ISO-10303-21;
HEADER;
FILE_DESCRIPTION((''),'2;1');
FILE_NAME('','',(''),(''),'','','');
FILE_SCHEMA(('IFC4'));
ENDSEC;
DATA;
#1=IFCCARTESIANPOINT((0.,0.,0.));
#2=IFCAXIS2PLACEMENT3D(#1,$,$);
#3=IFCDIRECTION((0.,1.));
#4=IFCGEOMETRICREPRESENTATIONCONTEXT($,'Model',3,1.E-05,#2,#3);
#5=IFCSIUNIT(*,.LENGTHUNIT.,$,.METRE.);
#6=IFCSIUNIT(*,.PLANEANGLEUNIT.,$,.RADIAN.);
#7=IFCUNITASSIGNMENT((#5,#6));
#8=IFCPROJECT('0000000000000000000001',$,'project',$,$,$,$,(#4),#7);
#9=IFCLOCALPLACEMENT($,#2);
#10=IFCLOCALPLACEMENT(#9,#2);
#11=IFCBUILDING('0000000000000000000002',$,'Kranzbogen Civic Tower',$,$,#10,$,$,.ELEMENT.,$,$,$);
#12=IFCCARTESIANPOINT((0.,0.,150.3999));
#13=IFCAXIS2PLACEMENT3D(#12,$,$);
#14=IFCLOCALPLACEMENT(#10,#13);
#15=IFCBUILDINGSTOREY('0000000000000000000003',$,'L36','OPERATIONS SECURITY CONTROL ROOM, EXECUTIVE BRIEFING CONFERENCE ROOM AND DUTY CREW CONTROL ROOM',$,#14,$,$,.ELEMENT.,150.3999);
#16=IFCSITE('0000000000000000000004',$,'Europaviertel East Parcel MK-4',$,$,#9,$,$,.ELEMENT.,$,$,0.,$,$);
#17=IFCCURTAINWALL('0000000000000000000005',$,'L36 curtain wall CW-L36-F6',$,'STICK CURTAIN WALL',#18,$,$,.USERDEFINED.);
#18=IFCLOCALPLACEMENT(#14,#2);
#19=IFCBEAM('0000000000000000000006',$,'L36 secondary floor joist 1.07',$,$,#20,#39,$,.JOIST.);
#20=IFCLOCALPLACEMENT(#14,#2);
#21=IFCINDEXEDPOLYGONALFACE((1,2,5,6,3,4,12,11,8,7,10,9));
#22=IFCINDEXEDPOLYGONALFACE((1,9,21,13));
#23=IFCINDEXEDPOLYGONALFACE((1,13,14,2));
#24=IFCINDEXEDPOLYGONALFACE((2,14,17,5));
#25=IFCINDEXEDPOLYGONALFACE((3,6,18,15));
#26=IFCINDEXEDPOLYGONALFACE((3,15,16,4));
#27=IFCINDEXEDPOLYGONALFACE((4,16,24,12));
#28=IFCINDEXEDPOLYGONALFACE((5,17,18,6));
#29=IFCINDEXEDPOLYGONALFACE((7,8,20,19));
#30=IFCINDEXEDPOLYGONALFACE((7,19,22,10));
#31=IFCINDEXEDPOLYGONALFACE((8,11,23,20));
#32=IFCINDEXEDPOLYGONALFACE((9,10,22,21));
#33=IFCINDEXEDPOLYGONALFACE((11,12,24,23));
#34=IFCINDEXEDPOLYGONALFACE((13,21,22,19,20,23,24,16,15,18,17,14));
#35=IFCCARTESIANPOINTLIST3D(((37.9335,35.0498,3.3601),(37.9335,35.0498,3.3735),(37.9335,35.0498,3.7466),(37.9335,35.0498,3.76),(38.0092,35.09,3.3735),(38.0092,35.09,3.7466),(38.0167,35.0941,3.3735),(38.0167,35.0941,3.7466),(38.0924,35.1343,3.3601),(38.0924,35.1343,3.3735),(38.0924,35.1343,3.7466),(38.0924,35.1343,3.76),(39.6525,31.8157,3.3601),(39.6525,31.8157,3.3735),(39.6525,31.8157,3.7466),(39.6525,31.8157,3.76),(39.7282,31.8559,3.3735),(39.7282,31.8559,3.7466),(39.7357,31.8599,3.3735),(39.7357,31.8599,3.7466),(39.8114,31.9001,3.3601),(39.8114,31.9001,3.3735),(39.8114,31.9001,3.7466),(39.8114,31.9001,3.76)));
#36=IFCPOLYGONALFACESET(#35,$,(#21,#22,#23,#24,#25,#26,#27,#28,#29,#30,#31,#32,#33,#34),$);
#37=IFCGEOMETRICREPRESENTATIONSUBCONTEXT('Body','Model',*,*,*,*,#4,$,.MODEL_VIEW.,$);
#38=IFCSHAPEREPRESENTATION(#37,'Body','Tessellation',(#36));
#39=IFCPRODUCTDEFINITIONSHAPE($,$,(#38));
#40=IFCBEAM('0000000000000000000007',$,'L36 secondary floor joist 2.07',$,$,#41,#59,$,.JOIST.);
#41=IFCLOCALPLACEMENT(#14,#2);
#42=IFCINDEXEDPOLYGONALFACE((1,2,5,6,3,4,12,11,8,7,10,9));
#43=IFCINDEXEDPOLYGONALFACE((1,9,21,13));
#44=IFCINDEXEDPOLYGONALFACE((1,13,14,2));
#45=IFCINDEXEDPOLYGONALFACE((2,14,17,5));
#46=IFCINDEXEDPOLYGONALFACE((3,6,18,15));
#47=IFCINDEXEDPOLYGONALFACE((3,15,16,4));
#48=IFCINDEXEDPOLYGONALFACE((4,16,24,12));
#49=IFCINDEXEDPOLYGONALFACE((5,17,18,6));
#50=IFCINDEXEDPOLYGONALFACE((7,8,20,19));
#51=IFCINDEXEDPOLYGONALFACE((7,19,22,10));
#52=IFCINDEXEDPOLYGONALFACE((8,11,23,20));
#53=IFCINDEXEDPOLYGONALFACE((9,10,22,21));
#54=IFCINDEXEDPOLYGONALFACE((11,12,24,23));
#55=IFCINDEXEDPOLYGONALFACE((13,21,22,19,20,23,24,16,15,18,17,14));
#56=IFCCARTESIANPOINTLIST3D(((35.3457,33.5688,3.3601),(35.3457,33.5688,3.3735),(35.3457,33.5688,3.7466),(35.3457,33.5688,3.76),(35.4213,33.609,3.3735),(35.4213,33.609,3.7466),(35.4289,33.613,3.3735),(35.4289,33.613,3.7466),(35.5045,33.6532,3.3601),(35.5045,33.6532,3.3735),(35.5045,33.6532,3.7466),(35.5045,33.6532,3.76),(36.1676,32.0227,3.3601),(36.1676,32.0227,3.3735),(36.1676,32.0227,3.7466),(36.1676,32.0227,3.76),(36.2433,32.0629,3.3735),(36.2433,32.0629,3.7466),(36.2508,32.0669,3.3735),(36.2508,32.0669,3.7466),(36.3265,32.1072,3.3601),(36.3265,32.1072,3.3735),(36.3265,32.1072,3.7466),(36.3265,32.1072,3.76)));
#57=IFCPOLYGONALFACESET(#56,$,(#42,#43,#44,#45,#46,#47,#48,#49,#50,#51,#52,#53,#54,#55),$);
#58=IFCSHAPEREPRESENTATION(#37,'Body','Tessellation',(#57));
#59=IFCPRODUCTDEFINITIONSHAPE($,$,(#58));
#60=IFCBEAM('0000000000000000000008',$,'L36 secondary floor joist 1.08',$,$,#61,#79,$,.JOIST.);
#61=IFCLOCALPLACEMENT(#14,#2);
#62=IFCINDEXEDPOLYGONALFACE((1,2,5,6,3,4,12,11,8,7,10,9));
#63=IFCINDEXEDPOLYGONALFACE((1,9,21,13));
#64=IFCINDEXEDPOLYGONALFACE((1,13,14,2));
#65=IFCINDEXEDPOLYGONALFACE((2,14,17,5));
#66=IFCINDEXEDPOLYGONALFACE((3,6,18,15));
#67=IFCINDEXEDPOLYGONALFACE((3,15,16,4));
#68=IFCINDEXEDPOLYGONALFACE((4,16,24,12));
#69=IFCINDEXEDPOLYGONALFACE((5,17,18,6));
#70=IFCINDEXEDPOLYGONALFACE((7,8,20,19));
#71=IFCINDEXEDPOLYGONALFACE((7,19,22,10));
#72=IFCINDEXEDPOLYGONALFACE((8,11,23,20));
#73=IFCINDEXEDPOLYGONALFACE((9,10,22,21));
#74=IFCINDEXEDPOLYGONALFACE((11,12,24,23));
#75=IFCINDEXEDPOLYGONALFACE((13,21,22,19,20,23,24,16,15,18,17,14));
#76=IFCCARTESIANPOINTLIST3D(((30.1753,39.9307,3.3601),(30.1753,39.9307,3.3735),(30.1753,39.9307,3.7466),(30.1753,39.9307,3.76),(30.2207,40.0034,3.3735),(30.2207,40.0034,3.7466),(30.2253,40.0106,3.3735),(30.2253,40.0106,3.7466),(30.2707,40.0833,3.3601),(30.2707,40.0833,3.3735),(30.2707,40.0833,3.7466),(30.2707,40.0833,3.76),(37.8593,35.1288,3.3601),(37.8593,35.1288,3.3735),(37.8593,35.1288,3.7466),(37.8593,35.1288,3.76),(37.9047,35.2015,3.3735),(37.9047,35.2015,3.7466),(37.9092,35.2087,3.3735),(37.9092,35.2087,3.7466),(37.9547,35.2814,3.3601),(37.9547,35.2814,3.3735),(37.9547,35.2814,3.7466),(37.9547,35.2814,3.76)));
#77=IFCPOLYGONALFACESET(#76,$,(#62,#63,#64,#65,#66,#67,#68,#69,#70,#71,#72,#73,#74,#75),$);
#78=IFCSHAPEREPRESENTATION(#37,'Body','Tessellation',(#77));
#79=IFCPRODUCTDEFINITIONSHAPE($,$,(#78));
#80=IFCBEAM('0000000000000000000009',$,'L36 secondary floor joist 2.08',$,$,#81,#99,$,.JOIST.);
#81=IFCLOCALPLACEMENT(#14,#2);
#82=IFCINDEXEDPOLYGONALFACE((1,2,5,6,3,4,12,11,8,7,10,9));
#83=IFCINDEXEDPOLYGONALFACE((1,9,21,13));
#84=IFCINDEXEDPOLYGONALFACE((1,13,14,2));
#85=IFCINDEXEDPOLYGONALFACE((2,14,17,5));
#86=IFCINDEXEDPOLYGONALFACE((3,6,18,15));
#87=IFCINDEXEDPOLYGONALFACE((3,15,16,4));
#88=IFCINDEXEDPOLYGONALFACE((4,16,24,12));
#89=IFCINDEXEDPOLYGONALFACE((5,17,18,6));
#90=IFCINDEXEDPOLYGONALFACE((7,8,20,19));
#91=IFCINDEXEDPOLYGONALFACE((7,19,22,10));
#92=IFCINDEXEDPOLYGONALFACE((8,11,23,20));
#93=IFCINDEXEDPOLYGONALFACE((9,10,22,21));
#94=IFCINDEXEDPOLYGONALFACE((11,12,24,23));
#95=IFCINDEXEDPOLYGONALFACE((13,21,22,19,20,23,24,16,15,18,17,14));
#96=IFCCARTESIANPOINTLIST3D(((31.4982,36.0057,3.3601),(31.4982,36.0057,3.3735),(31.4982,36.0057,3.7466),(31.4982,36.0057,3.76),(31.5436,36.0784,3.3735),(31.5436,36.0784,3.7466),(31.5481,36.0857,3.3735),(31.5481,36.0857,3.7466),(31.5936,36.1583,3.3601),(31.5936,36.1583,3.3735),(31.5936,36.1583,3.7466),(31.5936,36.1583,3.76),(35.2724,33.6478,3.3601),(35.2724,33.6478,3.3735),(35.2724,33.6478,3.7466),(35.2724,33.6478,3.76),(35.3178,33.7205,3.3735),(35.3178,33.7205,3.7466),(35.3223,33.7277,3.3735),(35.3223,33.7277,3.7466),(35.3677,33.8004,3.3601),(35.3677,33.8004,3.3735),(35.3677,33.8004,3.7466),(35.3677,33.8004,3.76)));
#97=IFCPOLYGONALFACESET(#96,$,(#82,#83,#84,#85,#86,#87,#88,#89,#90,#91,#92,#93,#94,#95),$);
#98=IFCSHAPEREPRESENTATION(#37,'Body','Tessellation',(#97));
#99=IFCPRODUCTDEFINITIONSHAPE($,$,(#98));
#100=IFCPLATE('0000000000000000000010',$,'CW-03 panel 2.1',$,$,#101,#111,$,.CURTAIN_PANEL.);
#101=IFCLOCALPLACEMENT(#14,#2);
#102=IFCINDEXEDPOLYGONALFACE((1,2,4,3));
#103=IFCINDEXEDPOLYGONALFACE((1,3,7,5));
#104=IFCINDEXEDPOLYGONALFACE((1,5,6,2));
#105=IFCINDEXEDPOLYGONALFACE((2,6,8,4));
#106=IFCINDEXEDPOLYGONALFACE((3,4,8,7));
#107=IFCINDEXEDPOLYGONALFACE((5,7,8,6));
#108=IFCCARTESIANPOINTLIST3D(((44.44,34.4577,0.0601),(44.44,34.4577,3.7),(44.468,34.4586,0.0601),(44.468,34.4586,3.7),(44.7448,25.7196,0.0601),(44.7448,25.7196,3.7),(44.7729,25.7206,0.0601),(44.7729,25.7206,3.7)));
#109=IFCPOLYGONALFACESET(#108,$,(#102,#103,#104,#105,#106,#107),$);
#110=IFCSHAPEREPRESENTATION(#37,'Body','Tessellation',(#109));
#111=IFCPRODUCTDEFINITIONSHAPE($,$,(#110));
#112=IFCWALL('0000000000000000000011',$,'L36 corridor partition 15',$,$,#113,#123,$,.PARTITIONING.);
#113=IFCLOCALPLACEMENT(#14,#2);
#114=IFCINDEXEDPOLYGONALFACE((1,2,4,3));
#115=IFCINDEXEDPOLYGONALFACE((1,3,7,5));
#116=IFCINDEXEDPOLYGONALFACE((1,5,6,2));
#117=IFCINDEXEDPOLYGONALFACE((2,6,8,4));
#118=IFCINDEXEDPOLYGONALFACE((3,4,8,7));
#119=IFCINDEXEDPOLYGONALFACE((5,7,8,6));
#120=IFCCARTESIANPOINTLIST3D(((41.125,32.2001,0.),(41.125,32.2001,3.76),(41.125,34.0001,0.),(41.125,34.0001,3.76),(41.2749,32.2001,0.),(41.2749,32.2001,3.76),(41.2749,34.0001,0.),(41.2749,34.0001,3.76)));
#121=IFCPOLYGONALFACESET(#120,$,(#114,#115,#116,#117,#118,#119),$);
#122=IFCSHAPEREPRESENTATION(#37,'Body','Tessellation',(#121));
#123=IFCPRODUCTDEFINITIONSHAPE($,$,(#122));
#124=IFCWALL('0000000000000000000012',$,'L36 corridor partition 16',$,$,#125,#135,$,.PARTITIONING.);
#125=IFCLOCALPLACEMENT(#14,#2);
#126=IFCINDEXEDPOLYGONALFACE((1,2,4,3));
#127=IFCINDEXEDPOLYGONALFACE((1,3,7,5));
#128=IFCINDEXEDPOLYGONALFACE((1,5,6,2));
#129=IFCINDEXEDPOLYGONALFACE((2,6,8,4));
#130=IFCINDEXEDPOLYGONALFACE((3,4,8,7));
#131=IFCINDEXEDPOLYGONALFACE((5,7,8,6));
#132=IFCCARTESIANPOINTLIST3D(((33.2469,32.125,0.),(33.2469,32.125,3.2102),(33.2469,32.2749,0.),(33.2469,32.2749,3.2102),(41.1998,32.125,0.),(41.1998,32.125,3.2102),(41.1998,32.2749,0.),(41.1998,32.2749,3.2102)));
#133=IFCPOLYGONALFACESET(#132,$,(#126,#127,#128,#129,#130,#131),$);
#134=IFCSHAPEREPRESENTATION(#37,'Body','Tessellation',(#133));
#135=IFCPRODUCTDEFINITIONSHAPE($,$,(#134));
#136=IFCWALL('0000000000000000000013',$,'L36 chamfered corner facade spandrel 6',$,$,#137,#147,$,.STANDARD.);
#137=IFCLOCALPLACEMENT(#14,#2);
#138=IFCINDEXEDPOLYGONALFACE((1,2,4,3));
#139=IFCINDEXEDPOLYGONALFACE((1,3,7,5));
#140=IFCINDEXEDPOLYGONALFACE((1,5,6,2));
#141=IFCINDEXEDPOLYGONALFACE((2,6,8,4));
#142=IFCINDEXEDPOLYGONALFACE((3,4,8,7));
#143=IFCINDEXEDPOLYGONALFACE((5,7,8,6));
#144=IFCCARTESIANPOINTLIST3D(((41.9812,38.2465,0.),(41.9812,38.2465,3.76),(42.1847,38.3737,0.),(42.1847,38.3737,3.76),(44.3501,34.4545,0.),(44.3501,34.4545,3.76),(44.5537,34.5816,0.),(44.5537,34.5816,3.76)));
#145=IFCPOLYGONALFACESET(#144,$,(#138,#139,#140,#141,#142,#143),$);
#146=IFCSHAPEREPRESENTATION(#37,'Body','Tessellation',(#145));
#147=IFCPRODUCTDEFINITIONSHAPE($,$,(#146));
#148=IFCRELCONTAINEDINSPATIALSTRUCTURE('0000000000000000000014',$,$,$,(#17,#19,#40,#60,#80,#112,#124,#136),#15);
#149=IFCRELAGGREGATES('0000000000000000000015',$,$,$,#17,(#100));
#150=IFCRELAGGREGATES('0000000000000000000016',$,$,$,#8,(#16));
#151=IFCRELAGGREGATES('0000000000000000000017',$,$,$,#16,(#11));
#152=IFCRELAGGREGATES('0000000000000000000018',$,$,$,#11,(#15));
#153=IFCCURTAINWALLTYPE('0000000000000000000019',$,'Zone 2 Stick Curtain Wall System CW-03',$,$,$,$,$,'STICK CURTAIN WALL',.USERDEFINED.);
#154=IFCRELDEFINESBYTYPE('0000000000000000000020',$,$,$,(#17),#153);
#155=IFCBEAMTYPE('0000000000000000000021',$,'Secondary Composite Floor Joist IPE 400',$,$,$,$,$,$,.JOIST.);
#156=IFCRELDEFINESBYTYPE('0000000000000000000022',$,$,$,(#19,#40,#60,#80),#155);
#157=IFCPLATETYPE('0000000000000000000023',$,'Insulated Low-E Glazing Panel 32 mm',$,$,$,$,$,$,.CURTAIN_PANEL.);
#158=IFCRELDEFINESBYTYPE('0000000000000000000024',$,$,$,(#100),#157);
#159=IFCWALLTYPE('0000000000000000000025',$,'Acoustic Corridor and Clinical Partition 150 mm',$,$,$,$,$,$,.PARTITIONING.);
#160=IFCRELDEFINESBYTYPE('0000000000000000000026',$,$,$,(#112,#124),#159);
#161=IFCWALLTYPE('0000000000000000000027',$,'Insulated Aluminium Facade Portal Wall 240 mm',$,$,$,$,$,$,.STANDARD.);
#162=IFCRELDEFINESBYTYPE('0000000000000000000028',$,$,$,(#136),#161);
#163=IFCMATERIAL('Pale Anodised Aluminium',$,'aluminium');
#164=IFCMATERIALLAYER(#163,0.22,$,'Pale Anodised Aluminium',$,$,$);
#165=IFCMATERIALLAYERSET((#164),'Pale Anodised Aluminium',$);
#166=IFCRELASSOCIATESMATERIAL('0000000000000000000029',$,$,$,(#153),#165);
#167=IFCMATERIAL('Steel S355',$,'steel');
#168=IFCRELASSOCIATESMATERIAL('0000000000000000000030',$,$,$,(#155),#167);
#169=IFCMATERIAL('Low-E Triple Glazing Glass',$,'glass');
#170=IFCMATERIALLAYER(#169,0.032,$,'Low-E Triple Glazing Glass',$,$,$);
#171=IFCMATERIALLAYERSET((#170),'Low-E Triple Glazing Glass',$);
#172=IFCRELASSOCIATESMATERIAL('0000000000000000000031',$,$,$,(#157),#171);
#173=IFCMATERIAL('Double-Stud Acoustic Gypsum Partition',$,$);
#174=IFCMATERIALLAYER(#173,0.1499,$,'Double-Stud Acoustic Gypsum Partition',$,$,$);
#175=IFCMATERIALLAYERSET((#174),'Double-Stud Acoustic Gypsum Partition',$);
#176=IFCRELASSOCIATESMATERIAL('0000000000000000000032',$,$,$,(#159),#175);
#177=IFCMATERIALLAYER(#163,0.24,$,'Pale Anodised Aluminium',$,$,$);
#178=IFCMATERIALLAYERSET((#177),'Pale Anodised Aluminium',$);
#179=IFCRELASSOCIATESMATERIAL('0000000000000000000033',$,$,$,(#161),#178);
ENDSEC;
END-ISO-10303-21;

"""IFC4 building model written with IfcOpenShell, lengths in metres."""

from ifc_helpers import new_model, si_unit, direction, frame, frame_2d, origin, origin_2d, place, context, subcontext, project, spatial, rectangle, i_section, extrude, material, layer, layer_set, material_profile, profile_set, type_object, element, aggregate, save


model = new_model("IFC4")

# Units and contexts
model_context = context("Model", 3, precision=1e-05, world=origin(), true_north=direction((0.0, 1.0)))
body_context = subcontext(model_context, "Body", "Model", "MODEL_VIEW")
ifc_project = project(units=[si_unit("LENGTHUNIT", "METRE"), si_unit("PLANEANGLEUNIT", "RADIAN")], contexts=[model_context])

# Site, building, storey
site_placement = place(None, origin())
site = spatial("IfcSite", under=ifc_project, at=site_placement, Name="Europaviertel East Parcel MK-4", CompositionType="ELEMENT", RefElevation=0.0)
building_placement = place(site_placement, origin())
building = spatial("IfcBuilding", under=site, at=building_placement, Name="Kranzbogen Civic Tower", CompositionType="ELEMENT")
storey_placement = place(building_placement, frame((0.0, 0.0, 150.3999)))
storey = spatial("IfcBuildingStorey", under=building, at=storey_placement, Name="L36", Description="OPERATIONS SECURITY CONTROL ROOM, EXECUTIVE BRIEFING CONFERENCE ROOM AND DUTY CREW CONTROL ROOM", CompositionType="ELEMENT", Elevation=150.3999)

# Shared definitions
ifc_material_1 = material(Name="Steel S355", Category="steel")

# Curtain wall
ifc_material_2 = material(Name="Pale Anodised Aluminium", Category="aluminium")
ifc_layer_1 = layer(ifc_material_2, 0.22, Name="Pale Anodised Aluminium")
ifc_layer_set_1 = layer_set([ifc_layer_1], Name="Pale Anodised Aluminium")
curtain_wall_type = type_object("IfcCurtainWallType", Name="Zone 2 Stick Curtain Wall System CW-03", ElementType="STICK CURTAIN WALL", PredefinedType="USERDEFINED", material=ifc_layer_set_1)
curtain_wall_placement = place(storey_placement, origin())
curtain_wall = element("IfcCurtainWall", 1, at=curtain_wall_placement, inside=storey, type_object=curtain_wall_type, Name="L36 curtain wall CW-L36-F6", ObjectType="STICK CURTAIN WALL", PredefinedType="USERDEFINED")

# Beams
ifc_material_profile_1 = material_profile(ifc_material_1, i_section(OverallWidth=0.1799, OverallDepth=0.3999, WebThickness=0.0085, FlangeThickness=0.0134, at=origin_2d()), Name="IPE 400")
ifc_profile_set_1 = profile_set([ifc_material_profile_1], Name="Steel S355")
beam_type_1 = type_object("IfcBeamType", Name="Secondary Composite Floor Joist IPE 400", PredefinedType="JOIST", material=ifc_profile_set_1)
beam_1_placement = place(storey_placement, frame((39.7319, 31.8579, 3.5601), z_axis=(-0.469339, 0.883018, 0.0), x_axis=(-0.883018, -0.469339, 0.0)))
element("IfcBeam", 2, at=beam_1_placement, inside=storey, type_object=beam_type_1, Name="L36 secondary floor joist 1.07", PredefinedType="JOIST", context=body_context, shape_type="SweptSolid", body=[
    extrude(i_section(OverallWidth=0.1799, OverallDepth=0.3999, WebThickness=0.0085, FlangeThickness=0.0134, at=origin_2d()), origin(), (0.0, 0.0, 1.0), 3.6626),
])
beam_2_placement = place(storey_placement, frame((36.2471, 32.0649, 3.5601), z_axis=(-0.469437, 0.882966, 0.0), x_axis=(-0.882966, -0.469437, 0.0)))
element("IfcBeam", 3, at=beam_2_placement, inside=storey, type_object=beam_type_1, Name="L36 secondary floor joist 2.07", PredefinedType="JOIST", context=body_context, shape_type="SweptSolid", body=[
    extrude(i_section(OverallWidth=0.1799, OverallDepth=0.3999, WebThickness=0.0085, FlangeThickness=0.0134, at=origin_2d()), origin(), (0.0, 0.0, 1.0), 1.751),
])
beam_3_placement = place(storey_placement, frame((37.907, 35.2051, 3.5601), z_axis=(-0.848026, 0.529955, 0.0), x_axis=(-0.529955, -0.848026, 0.0)))
element("IfcBeam", 4, at=beam_3_placement, inside=storey, type_object=beam_type_1, Name="L36 secondary floor joist 1.08", PredefinedType="JOIST", context=body_context, shape_type="SweptSolid", body=[
    extrude(i_section(OverallWidth=0.1799, OverallDepth=0.3999, WebThickness=0.0085, FlangeThickness=0.0134, at=origin_2d()), origin(), (0.0, 0.0, 1.0), 9.061),
])
beam_4_placement = place(storey_placement, frame((35.3201, 33.7241, 3.5601), z_axis=(-0.848094, 0.529846, 0.0), x_axis=(-0.529846, -0.848094, 0.0)))
element("IfcBeam", 5, at=beam_4_placement, inside=storey, type_object=beam_type_1, Name="L36 secondary floor joist 2.08", PredefinedType="JOIST", context=body_context, shape_type="SweptSolid", body=[
    extrude(i_section(OverallWidth=0.1799, OverallDepth=0.3999, WebThickness=0.0085, FlangeThickness=0.0134, at=origin_2d()), origin(), (0.0, 0.0, 1.0), 4.4502),
])

# Plate
ifc_material_3 = material(Name="Low-E Triple Glazing Glass", Category="glass")
ifc_layer_2 = layer(ifc_material_3, 0.032, Name="Low-E Triple Glazing Glass")
ifc_layer_set_2 = layer_set([ifc_layer_2], Name="Low-E Triple Glazing Glass")
plate_type = type_object("IfcPlateType", Name="Insulated Low-E Glazing Panel 32 mm", PredefinedType="CURTAIN_PANEL", material=ifc_layer_set_2)
plate_placement = place(storey_placement, frame((44.6064, 30.0891, 0.0601), z_axis=(0.0, 0.0, 1.0), x_axis=(-0.034868, 0.999392, 0.0)))
plate = element("IfcPlate", 6, at=plate_placement, type_object=plate_type, Name="CW-03 panel 2.1", PredefinedType="CURTAIN_PANEL", context=body_context, shape_type="SweptSolid", body=[
    extrude(rectangle(XDim=8.7434, YDim=0.0281, at=origin_2d()), origin(), (0.0, 0.0, 1.0), 3.6399),
])
aggregate(curtain_wall, [plate])

# Walls
ifc_material_4 = material(Name="Double-Stud Acoustic Gypsum Partition")
ifc_layer_3 = layer(ifc_material_4, 0.1499, Name="Double-Stud Acoustic Gypsum Partition")
ifc_layer_set_3 = layer_set([ifc_layer_3], Name="Double-Stud Acoustic Gypsum Partition")
wall_type_1 = type_object("IfcWallType", Name="Acoustic Corridor and Clinical Partition 150 mm", PredefinedType="PARTITIONING", material=ifc_layer_set_3)
wall_1_placement = place(storey_placement, frame((41.2, 34.0, 0.0), z_axis=(0.0, 0.0, 1.0), x_axis=(0.0, -1.0, 0.0)))
element("IfcWall", 7, at=wall_1_placement, inside=storey, type_object=wall_type_1, Name="L36 corridor partition 15", PredefinedType="PARTITIONING", context=body_context, shape_type="SweptSolid", body=[
    extrude(rectangle(XDim=1.8, YDim=0.1499, at=frame_2d((0.8999, 0.0))), origin(), (0.0, 0.0, 1.0), 3.76),
])
wall_2_placement = place(storey_placement, frame((41.2, 32.2, 0.0), z_axis=(0.0, 0.0, 1.0), x_axis=(-1.0, 0.0, 0.0)))
element("IfcWall", 8, at=wall_2_placement, inside=storey, type_object=wall_type_1, Name="L36 corridor partition 16", PredefinedType="PARTITIONING", context=body_context, shape_type="SweptSolid", body=[
    extrude(rectangle(XDim=7.9529, YDim=0.1499, at=frame_2d((3.9766, 0.0))), origin(), (0.0, 0.0, 1.0), 3.2102),
])
ifc_layer_4 = layer(ifc_material_2, 0.24, Name="Pale Anodised Aluminium")
ifc_layer_set_4 = layer_set([ifc_layer_4], Name="Pale Anodised Aluminium")
wall_type_2 = type_object("IfcWallType", Name="Insulated Aluminium Facade Portal Wall 240 mm", PredefinedType="STANDARD", material=ifc_layer_set_4)
wall_3_placement = place(storey_placement, frame((44.4519, 34.5181, 0.0), z_axis=(0.0, 0.0, 1.0), x_axis=(-0.529822, 0.848109, 0.0)))
element("IfcWall", 9, at=wall_3_placement, inside=storey, type_object=wall_type_2, Name="L36 chamfered corner facade spandrel 6", PredefinedType="STANDARD", context=body_context, shape_type="SweptSolid", body=[
    extrude(rectangle(XDim=4.4712, YDim=0.24, at=frame_2d((2.2356, 0.0))), origin(), (0.0, 0.0, 1.0), 3.76),
])

save(model, "model.ifc")
